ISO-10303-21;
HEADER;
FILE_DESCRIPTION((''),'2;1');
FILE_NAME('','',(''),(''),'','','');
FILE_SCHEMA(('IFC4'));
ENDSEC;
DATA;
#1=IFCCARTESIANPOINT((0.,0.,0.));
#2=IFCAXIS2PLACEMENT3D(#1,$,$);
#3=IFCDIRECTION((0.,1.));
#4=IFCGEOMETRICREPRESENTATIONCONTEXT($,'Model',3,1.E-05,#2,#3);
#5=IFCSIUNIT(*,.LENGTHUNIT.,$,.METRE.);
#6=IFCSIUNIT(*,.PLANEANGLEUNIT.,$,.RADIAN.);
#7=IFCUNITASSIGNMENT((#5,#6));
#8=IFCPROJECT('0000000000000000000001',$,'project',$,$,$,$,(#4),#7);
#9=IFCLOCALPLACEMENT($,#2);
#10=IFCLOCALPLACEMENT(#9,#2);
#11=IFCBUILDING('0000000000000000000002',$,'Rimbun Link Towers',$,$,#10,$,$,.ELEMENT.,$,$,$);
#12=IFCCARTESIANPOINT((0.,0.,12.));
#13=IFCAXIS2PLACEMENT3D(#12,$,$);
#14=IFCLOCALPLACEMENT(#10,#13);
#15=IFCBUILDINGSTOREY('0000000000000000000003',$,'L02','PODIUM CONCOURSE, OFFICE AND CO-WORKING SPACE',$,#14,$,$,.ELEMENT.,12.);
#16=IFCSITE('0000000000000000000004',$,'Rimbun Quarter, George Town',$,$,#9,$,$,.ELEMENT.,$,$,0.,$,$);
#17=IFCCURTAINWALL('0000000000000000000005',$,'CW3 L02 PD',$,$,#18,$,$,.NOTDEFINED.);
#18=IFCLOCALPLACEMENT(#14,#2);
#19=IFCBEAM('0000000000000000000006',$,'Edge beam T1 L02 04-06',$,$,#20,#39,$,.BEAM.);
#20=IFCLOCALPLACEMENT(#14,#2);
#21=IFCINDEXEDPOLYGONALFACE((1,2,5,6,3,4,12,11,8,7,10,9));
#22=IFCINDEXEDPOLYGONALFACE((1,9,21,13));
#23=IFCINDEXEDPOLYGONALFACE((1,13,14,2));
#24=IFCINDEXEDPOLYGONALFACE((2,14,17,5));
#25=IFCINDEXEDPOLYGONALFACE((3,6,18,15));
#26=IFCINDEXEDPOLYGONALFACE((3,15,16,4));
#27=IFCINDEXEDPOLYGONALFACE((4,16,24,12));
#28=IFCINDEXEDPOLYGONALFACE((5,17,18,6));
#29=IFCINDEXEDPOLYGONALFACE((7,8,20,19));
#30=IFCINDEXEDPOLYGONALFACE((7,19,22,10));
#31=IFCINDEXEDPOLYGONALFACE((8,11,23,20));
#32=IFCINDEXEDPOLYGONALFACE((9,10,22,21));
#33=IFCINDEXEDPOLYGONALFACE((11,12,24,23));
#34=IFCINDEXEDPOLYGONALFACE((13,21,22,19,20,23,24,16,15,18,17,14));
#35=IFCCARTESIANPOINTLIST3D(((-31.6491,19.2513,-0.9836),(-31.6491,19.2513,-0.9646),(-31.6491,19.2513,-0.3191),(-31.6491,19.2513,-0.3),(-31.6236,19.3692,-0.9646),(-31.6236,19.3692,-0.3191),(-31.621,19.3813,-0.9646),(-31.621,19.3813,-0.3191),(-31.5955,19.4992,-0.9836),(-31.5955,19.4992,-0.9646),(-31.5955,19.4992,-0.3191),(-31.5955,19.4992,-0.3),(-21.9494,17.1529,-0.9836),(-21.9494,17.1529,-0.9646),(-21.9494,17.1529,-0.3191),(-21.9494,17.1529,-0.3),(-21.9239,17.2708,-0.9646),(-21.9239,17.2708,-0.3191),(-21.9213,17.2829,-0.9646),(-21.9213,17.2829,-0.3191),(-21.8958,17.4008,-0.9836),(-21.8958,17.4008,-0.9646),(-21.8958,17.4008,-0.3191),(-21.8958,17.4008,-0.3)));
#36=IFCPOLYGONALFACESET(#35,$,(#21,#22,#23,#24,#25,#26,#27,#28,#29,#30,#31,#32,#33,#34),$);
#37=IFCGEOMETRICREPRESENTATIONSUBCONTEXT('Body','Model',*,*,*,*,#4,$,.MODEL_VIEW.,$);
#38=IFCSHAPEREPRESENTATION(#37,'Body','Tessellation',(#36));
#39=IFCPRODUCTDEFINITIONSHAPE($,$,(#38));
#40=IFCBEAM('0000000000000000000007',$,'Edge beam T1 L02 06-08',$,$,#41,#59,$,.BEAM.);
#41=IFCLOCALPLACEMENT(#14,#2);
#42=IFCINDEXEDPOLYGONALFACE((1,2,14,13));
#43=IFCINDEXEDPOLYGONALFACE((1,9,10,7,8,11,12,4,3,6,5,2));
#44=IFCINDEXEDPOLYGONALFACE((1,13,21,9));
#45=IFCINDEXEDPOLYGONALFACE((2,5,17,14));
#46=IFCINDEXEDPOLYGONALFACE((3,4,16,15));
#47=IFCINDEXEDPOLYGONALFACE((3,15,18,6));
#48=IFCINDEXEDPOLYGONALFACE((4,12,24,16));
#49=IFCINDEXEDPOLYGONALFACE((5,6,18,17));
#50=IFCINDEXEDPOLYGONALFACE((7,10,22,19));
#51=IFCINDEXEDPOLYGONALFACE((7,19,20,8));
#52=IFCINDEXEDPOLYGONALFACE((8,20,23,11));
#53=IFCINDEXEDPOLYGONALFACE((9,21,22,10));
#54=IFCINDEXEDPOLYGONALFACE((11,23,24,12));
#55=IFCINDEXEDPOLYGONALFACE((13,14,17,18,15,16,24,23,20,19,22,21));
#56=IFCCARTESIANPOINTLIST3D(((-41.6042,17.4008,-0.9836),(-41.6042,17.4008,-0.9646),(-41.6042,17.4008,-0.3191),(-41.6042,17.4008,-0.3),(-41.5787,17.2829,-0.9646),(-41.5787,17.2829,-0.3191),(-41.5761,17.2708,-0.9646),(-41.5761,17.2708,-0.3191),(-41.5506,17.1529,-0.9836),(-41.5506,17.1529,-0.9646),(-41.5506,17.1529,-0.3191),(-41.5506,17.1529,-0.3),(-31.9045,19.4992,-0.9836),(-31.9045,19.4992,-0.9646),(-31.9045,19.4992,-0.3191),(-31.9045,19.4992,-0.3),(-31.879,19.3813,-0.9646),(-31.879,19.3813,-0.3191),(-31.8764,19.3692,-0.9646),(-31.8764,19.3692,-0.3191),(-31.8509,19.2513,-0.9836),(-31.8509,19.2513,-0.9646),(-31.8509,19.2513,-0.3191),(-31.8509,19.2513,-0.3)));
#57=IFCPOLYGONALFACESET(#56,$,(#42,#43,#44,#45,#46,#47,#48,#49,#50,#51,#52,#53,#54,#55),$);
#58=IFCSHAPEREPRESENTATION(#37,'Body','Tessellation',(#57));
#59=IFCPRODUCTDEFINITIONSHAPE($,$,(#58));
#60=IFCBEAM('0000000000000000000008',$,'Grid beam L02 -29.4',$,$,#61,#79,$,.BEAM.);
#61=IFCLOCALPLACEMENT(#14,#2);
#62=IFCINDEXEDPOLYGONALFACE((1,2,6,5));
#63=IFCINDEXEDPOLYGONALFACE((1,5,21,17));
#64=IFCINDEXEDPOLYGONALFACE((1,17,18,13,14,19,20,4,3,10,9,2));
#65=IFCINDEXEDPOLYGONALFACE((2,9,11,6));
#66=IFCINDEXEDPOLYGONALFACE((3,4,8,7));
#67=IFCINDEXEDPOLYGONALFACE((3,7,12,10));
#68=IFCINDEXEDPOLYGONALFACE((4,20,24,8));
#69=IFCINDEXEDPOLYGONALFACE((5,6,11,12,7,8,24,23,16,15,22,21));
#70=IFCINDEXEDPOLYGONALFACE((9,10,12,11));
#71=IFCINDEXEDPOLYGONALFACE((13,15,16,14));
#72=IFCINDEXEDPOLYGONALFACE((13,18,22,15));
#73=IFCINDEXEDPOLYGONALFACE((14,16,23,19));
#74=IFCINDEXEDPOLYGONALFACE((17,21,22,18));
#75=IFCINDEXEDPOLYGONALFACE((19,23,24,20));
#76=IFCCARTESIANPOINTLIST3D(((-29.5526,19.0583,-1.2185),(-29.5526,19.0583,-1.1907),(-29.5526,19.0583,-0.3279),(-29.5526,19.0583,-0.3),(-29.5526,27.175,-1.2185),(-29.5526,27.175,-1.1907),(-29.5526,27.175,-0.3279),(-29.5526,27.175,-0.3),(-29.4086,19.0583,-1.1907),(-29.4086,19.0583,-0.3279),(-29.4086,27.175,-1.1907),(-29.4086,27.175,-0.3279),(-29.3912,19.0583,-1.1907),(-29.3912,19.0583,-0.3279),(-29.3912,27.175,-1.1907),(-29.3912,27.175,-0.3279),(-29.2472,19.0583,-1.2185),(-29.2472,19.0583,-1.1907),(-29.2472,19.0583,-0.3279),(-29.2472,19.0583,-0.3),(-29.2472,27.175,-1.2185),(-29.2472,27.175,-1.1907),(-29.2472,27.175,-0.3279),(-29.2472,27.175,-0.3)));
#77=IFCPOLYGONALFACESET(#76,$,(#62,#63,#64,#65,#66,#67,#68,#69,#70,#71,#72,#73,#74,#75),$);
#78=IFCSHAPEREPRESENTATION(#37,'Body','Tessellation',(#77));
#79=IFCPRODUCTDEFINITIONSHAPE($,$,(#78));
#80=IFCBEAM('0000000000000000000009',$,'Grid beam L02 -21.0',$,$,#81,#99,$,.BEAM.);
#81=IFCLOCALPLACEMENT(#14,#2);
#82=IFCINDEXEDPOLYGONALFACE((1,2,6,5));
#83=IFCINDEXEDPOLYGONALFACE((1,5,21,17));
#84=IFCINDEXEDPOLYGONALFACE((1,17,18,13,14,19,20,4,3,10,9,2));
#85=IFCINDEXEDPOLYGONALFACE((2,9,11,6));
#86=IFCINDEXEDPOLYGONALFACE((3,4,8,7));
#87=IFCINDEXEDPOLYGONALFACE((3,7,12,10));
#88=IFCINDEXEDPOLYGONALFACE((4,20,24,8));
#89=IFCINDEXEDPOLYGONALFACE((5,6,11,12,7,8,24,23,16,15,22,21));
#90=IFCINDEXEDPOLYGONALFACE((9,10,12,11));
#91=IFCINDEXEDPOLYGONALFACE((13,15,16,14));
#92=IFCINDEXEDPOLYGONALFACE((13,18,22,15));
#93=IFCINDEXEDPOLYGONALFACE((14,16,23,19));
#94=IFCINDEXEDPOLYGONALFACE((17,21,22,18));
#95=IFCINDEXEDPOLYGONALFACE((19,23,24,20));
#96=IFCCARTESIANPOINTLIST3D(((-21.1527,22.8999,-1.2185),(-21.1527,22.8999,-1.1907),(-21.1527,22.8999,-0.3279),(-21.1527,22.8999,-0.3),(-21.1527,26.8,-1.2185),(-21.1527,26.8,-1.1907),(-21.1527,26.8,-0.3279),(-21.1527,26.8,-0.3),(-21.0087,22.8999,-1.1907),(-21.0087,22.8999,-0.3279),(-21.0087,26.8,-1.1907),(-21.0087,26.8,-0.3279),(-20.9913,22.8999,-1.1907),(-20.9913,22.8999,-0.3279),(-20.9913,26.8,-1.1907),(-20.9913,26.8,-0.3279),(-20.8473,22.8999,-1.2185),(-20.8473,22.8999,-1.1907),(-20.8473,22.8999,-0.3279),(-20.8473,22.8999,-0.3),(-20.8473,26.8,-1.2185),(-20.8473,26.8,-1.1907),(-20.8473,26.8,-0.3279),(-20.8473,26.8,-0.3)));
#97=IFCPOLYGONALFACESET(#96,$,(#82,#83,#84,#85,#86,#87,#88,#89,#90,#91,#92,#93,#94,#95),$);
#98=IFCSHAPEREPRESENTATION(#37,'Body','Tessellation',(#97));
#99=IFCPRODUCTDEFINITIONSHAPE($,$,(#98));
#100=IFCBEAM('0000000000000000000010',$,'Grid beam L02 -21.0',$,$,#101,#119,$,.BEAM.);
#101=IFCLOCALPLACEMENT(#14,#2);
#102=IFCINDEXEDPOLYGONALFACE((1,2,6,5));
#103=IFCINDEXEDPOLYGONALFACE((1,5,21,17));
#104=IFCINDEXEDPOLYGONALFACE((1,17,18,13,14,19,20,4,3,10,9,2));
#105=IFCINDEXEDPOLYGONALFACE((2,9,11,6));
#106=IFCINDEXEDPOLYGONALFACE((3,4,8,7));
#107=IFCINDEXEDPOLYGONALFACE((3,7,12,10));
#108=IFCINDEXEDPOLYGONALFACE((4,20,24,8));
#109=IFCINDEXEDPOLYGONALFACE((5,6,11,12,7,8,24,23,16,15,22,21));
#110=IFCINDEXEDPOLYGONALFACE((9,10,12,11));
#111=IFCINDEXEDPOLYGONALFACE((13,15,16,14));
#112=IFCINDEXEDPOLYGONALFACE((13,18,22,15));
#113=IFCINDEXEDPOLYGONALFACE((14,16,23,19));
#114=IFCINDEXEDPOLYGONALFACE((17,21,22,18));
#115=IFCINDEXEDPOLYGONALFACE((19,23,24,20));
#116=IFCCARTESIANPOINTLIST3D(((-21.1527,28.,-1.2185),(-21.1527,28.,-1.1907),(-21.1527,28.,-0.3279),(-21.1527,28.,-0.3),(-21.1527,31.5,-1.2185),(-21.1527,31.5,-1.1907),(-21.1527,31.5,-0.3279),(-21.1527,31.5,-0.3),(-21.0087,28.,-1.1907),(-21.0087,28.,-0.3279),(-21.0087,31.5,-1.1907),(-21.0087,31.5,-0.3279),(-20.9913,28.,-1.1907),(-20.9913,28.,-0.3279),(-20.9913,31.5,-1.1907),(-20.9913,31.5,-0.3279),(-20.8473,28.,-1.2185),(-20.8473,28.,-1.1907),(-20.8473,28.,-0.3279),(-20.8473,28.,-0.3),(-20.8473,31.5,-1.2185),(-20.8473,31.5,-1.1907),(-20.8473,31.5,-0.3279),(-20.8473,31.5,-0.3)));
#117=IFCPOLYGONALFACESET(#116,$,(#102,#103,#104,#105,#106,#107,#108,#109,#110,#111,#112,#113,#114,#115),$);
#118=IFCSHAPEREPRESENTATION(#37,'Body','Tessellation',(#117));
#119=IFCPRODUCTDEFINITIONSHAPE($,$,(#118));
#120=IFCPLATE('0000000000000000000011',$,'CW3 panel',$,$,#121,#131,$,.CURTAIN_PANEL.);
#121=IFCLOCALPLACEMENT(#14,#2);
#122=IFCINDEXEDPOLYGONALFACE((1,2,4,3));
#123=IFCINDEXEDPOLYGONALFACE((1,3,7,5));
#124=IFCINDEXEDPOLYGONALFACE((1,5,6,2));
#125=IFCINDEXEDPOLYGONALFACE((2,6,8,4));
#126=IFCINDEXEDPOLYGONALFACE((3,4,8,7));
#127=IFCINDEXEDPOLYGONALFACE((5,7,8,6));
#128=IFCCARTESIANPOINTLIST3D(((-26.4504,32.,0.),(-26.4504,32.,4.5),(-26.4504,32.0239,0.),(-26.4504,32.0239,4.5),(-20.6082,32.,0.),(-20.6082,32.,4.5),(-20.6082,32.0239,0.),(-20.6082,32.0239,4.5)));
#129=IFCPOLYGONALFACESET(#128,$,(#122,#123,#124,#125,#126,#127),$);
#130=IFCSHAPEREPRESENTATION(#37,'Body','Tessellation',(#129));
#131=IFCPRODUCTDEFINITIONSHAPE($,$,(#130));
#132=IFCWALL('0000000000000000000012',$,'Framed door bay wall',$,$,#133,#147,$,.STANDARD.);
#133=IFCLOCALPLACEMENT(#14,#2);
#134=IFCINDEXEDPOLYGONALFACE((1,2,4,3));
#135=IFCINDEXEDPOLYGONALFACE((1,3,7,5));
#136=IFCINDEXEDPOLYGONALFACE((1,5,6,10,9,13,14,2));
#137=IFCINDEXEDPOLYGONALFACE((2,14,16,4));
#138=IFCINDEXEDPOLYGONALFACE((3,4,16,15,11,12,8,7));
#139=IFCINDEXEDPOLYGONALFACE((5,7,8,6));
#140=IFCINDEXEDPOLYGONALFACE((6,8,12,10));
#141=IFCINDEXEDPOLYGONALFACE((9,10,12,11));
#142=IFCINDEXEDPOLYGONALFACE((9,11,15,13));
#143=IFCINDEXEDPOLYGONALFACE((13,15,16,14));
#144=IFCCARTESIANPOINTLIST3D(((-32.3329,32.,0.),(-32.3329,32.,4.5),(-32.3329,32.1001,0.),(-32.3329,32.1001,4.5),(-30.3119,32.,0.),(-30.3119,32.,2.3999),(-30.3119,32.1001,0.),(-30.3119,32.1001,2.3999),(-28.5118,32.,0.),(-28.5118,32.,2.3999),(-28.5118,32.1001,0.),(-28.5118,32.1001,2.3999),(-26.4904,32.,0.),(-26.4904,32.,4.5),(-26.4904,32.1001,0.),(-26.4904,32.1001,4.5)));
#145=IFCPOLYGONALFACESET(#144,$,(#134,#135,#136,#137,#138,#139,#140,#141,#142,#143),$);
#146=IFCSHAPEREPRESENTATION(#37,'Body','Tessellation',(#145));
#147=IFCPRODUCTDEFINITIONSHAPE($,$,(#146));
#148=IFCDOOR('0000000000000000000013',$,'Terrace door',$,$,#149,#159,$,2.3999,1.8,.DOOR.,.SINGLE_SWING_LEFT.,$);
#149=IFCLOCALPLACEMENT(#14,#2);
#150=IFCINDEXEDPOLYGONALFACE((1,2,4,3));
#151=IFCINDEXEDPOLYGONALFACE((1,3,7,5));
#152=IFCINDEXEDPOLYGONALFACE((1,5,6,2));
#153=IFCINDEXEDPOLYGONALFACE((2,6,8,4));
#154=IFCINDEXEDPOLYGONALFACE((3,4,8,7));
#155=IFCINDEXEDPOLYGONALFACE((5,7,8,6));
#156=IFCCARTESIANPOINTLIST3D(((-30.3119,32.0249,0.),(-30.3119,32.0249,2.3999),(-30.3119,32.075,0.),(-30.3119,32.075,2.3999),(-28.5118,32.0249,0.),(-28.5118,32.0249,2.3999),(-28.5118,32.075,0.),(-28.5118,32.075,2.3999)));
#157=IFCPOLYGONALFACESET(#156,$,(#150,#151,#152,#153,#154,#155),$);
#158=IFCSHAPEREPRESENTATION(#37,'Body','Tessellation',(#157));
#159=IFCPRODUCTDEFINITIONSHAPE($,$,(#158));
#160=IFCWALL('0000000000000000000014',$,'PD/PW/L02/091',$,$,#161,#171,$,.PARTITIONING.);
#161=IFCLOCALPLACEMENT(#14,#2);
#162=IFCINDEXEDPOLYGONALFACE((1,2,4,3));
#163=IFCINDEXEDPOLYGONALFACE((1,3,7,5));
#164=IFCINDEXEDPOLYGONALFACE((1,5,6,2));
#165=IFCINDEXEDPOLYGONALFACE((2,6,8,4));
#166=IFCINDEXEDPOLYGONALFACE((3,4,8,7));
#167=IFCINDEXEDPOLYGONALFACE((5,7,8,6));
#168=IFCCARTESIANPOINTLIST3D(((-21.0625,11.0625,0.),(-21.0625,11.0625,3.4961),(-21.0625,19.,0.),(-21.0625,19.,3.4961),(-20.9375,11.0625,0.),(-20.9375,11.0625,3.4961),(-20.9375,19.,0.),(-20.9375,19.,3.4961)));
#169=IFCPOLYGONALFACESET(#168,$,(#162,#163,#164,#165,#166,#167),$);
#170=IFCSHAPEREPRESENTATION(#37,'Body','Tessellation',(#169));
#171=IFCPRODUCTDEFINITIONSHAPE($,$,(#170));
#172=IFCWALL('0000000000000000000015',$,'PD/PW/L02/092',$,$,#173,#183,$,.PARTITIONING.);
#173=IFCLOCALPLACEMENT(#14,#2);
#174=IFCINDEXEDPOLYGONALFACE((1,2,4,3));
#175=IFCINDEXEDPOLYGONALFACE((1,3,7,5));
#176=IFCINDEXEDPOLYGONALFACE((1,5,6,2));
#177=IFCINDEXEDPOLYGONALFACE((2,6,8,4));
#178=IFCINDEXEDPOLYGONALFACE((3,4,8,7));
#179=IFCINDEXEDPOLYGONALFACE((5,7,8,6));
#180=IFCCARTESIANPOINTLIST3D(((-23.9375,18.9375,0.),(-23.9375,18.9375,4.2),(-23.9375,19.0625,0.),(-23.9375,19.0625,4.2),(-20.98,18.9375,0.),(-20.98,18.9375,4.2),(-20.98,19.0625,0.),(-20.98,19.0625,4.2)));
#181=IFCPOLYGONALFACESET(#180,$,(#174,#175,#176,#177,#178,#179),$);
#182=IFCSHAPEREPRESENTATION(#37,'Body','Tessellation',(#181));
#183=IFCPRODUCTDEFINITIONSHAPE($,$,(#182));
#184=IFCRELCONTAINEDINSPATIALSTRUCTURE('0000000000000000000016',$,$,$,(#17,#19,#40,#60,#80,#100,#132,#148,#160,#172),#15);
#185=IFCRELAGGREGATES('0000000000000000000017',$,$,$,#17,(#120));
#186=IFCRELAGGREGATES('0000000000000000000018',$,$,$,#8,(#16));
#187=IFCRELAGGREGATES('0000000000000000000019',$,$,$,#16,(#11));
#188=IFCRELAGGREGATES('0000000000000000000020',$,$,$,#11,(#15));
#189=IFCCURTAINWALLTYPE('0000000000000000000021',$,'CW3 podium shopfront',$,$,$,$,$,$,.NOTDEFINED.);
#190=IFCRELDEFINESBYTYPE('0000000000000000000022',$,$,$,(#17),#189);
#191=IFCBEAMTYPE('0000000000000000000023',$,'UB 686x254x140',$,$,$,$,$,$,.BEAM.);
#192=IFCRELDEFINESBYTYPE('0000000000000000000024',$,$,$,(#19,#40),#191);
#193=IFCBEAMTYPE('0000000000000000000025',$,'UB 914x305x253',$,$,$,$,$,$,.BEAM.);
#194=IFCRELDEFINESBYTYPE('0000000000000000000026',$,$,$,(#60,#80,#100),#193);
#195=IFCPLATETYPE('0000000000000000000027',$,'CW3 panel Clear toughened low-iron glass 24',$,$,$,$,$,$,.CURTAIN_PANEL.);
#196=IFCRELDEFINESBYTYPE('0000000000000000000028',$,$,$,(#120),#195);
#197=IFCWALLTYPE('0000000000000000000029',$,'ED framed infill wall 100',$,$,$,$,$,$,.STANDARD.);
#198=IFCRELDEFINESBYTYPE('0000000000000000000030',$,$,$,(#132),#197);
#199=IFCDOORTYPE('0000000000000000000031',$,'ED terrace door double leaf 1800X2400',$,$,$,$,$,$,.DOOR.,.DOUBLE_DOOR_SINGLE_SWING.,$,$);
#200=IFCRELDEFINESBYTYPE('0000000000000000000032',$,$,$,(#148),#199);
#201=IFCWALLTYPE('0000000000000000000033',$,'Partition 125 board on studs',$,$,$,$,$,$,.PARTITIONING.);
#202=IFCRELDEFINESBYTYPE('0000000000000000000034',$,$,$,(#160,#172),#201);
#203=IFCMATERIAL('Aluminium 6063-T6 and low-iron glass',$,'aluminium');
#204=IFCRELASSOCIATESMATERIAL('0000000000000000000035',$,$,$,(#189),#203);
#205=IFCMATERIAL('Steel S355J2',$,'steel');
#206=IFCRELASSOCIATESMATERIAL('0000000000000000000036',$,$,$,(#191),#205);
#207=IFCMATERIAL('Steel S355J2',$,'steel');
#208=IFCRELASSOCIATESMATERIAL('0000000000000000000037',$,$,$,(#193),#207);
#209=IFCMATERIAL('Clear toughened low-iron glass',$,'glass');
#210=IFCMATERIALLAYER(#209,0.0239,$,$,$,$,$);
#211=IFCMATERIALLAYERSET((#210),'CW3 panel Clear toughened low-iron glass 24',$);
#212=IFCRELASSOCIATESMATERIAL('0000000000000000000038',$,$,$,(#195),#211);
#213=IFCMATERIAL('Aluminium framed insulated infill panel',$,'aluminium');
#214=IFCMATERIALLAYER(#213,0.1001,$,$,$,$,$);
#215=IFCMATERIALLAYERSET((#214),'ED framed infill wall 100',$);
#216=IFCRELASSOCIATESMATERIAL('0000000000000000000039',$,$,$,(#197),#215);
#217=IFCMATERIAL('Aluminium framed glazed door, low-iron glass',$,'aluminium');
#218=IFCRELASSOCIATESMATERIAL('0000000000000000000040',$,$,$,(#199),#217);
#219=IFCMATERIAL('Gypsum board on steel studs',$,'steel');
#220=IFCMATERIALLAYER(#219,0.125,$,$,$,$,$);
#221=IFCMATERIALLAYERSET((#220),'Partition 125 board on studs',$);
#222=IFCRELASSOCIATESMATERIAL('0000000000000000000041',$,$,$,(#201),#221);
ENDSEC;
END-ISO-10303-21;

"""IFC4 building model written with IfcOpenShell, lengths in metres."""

from ifc_helpers import new_model, si_unit, direction, frame, frame_2d, origin, origin_2d, place, context, subcontext, project, spatial, rectangle, i_section, extrude, material, layer, layer_set, material_profile, profile_set, type_object, element, fill, aggregate, save


model = new_model("IFC4")

# Units and contexts
model_context = context("Model", 3, precision=1e-05, world=origin(), true_north=direction((0.0, 1.0)))
body_context = subcontext(model_context, "Body", "Model", "MODEL_VIEW")
ifc_project = project(units=[si_unit("LENGTHUNIT", "METRE"), si_unit("PLANEANGLEUNIT", "RADIAN")], contexts=[model_context])

# Site, building, storey
site_placement = place(None, origin())
site = spatial("IfcSite", under=ifc_project, at=site_placement, Name="Rimbun Quarter, George Town", CompositionType="ELEMENT", RefElevation=0.0)
building_placement = place(site_placement, origin())
building = spatial("IfcBuilding", under=site, at=building_placement, Name="Rimbun Link Towers", CompositionType="ELEMENT")
storey_placement = place(building_placement, frame((0.0, 0.0, 12.0)))
storey = spatial("IfcBuildingStorey", under=building, at=storey_placement, Name="L02", Description="PODIUM CONCOURSE, OFFICE AND CO-WORKING SPACE", CompositionType="ELEMENT", Elevation=12.0)

# Curtain wall
ifc_material_1 = material(Name="Aluminium 6063-T6 and low-iron glass", Category="aluminium")
curtain_wall_type = type_object("IfcCurtainWallType", Name="CW3 podium shopfront", PredefinedType="NOTDEFINED", material=ifc_material_1)
curtain_wall_placement = place(storey_placement, origin())
curtain_wall = element("IfcCurtainWall", 1, at=curtain_wall_placement, inside=storey, type_object=curtain_wall_type, Name="CW3 L02 PD", PredefinedType="NOTDEFINED")

# Beams
ifc_material_2 = material(Name="Steel S355J2", Category="steel")
ifc_material_profile_1 = material_profile(ifc_material_2, i_section(OverallWidth=0.2537, OverallDepth=0.6836, WebThickness=0.0125, FlangeThickness=0.019, at=origin_2d()), Name="UB 686x254x140")
ifc_profile_set_1 = profile_set([ifc_material_profile_1], Name="Steel S355J2")
beam_type_1 = type_object("IfcBeamType", Name="UB 686x254x140", PredefinedType="BEAM", material=ifc_profile_set_1)
for number, where, z_axis, x_axis, name in (
    (2, (-21.9226, 17.2769, -0.6418), (-0.97739, 0.211444, 0.0), (-0.211444, -0.97739, 0.0), "Edge beam T1 L02 04-06"),
    (3, (-31.8777, 19.3752, -0.6418), (-0.97739, -0.211444, 0.0), (0.211444, -0.97739, 0.0), "Edge beam T1 L02 06-08"),
):
    element("IfcBeam", number, at=place(storey_placement, frame(where, z_axis=z_axis, x_axis=x_axis)), inside=storey, type_object=beam_type_1, Name=name, PredefinedType="BEAM", context=body_context, shape_type="SweptSolid", body=[
        extrude(i_section(OverallWidth=0.2537, OverallDepth=0.6836, WebThickness=0.0125, FlangeThickness=0.019, at=origin_2d()), origin(), (0.0, 0.0, 1.0), 9.9241),
    ])
ifc_material_3 = material(Name="Steel S355J2", Category="steel")
ifc_material_profile_2 = material_profile(ifc_material_3, i_section(OverallWidth=0.3054, OverallDepth=0.9185, WebThickness=0.0173, FlangeThickness=0.0278, at=origin_2d()), Name="UB 914x305x253")
ifc_profile_set_2 = profile_set([ifc_material_profile_2], Name="Steel S355J2")
beam_type_2 = type_object("IfcBeamType", Name="UB 914x305x253", PredefinedType="BEAM", material=ifc_profile_set_2)
beam_1_placement = place(storey_placement, frame((-29.3999, 19.0583, -0.7593), z_axis=(0.0, 1.0, 0.0), x_axis=(-1.0, 0.0, 0.0)))
element("IfcBeam", 4, at=beam_1_placement, inside=storey, type_object=beam_type_2, Name="Grid beam L02 -29.4", PredefinedType="BEAM", context=body_context, shape_type="SweptSolid", body=[
    extrude(i_section(OverallWidth=0.3054, OverallDepth=0.9185, WebThickness=0.0173, FlangeThickness=0.0278, at=origin_2d()), origin(), (0.0, 0.0, 1.0), 8.1167),
])
beam_2_placement = place(storey_placement, frame((-21.0, 22.8999, -0.7593), z_axis=(0.0, 1.0, 0.0), x_axis=(-1.0, 0.0, 0.0)))
element("IfcBeam", 5, at=beam_2_placement, inside=storey, type_object=beam_type_2, Name="Grid beam L02 -21.0", PredefinedType="BEAM", context=body_context, shape_type="SweptSolid", body=[
    extrude(i_section(OverallWidth=0.3054, OverallDepth=0.9185, WebThickness=0.0173, FlangeThickness=0.0278, at=origin_2d()), origin(), (0.0, 0.0, 1.0), 3.9001),
])
beam_3_placement = place(storey_placement, frame((-21.0, 28.0, -0.7593), z_axis=(0.0, 1.0, 0.0), x_axis=(-1.0, 0.0, 0.0)))
element("IfcBeam", 6, at=beam_3_placement, inside=storey, type_object=beam_type_2, Name="Grid beam L02 -21.0", PredefinedType="BEAM", context=body_context, shape_type="SweptSolid", body=[
    extrude(i_section(OverallWidth=0.3054, OverallDepth=0.9185, WebThickness=0.0173, FlangeThickness=0.0278, at=origin_2d()), origin(), (0.0, 0.0, 1.0), 3.5),
])

# Plate
ifc_material_4 = material(Name="Clear toughened low-iron glass", Category="glass")
ifc_layer_1 = layer(ifc_material_4, 0.0239)
ifc_layer_set_1 = layer_set([ifc_layer_1], Name="CW3 panel Clear toughened low-iron glass 24")
plate_type = type_object("IfcPlateType", Name="CW3 panel Clear toughened low-iron glass 24", PredefinedType="CURTAIN_PANEL", material=ifc_layer_set_1)
plate_placement = place(storey_placement, frame((-23.5293, 32.012, 0.0), z_axis=(0.0, 0.0, 1.0), x_axis=(1.0, 0.0, 0.0)))
plate = element("IfcPlate", 7, at=plate_placement, type_object=plate_type, Name="CW3 panel", PredefinedType="CURTAIN_PANEL", context=body_context, shape_type="SweptSolid", body=[
    extrude(rectangle(XDim=5.8423, YDim=0.0239, at=origin_2d()), origin(), (0.0, 0.0, 1.0), 4.5),
])
aggregate(curtain_wall, [plate])

# Wall, opening, door
ifc_material_5 = material(Name="Aluminium framed insulated infill panel", Category="aluminium")
ifc_layer_2 = layer(ifc_material_5, 0.1001)
ifc_layer_set_2 = layer_set([ifc_layer_2], Name="ED framed infill wall 100")
wall_type_1 = type_object("IfcWallType", Name="ED framed infill wall 100", PredefinedType="STANDARD", material=ifc_layer_set_2)
wall_1_placement = place(storey_placement, frame((-32.333, 32.05, 0.0), z_axis=(0.0, 0.0, 1.0), x_axis=(1.0, 0.0, 0.0)))
wall_1 = element("IfcWall", 8, at=wall_1_placement, inside=storey, type_object=wall_type_1, Name="Framed door bay wall", PredefinedType="STANDARD", context=body_context, shape_type="SweptSolid", body=[
    extrude(rectangle(XDim=5.8425, YDim=0.1001, at=frame_2d((2.9214, 0.0))), origin(), (0.0, 0.0, 1.0), 4.5),
])
opening_placement = place(wall_1_placement, frame((2.0212, 0.0, 0.0)))
opening = element("IfcOpeningElement", 9, at=opening_placement, cuts=wall_1, PredefinedType="OPENING", context=body_context, shape_type="SweptSolid", body=[
    extrude(rectangle(XDim=1.8, YDim=2.3999, at=frame_2d((0.8999, 1.2))), frame((0.0, 0.0601, 0.0), z_axis=(0.0, -1.0, 0.0), x_axis=(1.0, 0.0, 0.0)), (0.0, 0.0, 1.0), 0.1201),
])
ifc_material_6 = material(Name="Aluminium framed glazed door, low-iron glass", Category="aluminium")
door_type = type_object("IfcDoorType", Name="ED terrace door double leaf 1800X2400", OperationType="DOUBLE_DOOR_SINGLE_SWING", PredefinedType="DOOR", material=ifc_material_6)
door_placement = place(opening_placement, origin())
door = element("IfcDoor", 10, at=door_placement, inside=storey, type_object=door_type, Name="Terrace door", OperationType="SINGLE_SWING_LEFT", OverallHeight=2.3999, OverallWidth=1.8, PredefinedType="DOOR", context=body_context, shape_type="SweptSolid", body=[
    extrude(rectangle(XDim=1.8, YDim=2.3999, at=frame_2d((0.8999, 1.2))), frame((0.0, 0.0249, 0.0), z_axis=(0.0, -1.0, 0.0), x_axis=(1.0, 0.0, 0.0)), (0.0, 0.0, 1.0), 0.05),
])
fill(opening, door)

# Walls
ifc_material_7 = material(Name="Gypsum board on steel studs", Category="steel")
ifc_layer_3 = layer(ifc_material_7, 0.125)
ifc_layer_set_3 = layer_set([ifc_layer_3], Name="Partition 125 board on studs")
wall_type_2 = type_object("IfcWallType", Name="Partition 125 board on studs", PredefinedType="PARTITIONING", material=ifc_layer_set_3)
wall_2_placement = place(storey_placement, frame((-21.0, 11.0625, 0.0), z_axis=(0.0, 0.0, 1.0), x_axis=(0.0, 1.0, 0.0)))
element("IfcWall", 11, at=wall_2_placement, inside=storey, type_object=wall_type_2, Name="PD/PW/L02/091", PredefinedType="PARTITIONING", context=body_context, shape_type="SweptSolid", body=[
    extrude(rectangle(XDim=7.9375, YDim=0.125, at=frame_2d((3.9688, 0.0))), origin(), (0.0, 0.0, 1.0), 3.4961),
])
wall_3_placement = place(storey_placement, frame((-20.98, 19.0, 0.0), z_axis=(0.0, 0.0, 1.0), x_axis=(-1.0, 0.0, 0.0)))
element("IfcWall", 12, at=wall_3_placement, inside=storey, type_object=wall_type_2, Name="PD/PW/L02/092", PredefinedType="PARTITIONING", context=body_context, shape_type="SweptSolid", body=[
    extrude(rectangle(XDim=2.9575, YDim=0.125, at=frame_2d((1.4788, 0.0))), origin(), (0.0, 0.0, 1.0), 4.2),
])

save(model, "model.ifc")
